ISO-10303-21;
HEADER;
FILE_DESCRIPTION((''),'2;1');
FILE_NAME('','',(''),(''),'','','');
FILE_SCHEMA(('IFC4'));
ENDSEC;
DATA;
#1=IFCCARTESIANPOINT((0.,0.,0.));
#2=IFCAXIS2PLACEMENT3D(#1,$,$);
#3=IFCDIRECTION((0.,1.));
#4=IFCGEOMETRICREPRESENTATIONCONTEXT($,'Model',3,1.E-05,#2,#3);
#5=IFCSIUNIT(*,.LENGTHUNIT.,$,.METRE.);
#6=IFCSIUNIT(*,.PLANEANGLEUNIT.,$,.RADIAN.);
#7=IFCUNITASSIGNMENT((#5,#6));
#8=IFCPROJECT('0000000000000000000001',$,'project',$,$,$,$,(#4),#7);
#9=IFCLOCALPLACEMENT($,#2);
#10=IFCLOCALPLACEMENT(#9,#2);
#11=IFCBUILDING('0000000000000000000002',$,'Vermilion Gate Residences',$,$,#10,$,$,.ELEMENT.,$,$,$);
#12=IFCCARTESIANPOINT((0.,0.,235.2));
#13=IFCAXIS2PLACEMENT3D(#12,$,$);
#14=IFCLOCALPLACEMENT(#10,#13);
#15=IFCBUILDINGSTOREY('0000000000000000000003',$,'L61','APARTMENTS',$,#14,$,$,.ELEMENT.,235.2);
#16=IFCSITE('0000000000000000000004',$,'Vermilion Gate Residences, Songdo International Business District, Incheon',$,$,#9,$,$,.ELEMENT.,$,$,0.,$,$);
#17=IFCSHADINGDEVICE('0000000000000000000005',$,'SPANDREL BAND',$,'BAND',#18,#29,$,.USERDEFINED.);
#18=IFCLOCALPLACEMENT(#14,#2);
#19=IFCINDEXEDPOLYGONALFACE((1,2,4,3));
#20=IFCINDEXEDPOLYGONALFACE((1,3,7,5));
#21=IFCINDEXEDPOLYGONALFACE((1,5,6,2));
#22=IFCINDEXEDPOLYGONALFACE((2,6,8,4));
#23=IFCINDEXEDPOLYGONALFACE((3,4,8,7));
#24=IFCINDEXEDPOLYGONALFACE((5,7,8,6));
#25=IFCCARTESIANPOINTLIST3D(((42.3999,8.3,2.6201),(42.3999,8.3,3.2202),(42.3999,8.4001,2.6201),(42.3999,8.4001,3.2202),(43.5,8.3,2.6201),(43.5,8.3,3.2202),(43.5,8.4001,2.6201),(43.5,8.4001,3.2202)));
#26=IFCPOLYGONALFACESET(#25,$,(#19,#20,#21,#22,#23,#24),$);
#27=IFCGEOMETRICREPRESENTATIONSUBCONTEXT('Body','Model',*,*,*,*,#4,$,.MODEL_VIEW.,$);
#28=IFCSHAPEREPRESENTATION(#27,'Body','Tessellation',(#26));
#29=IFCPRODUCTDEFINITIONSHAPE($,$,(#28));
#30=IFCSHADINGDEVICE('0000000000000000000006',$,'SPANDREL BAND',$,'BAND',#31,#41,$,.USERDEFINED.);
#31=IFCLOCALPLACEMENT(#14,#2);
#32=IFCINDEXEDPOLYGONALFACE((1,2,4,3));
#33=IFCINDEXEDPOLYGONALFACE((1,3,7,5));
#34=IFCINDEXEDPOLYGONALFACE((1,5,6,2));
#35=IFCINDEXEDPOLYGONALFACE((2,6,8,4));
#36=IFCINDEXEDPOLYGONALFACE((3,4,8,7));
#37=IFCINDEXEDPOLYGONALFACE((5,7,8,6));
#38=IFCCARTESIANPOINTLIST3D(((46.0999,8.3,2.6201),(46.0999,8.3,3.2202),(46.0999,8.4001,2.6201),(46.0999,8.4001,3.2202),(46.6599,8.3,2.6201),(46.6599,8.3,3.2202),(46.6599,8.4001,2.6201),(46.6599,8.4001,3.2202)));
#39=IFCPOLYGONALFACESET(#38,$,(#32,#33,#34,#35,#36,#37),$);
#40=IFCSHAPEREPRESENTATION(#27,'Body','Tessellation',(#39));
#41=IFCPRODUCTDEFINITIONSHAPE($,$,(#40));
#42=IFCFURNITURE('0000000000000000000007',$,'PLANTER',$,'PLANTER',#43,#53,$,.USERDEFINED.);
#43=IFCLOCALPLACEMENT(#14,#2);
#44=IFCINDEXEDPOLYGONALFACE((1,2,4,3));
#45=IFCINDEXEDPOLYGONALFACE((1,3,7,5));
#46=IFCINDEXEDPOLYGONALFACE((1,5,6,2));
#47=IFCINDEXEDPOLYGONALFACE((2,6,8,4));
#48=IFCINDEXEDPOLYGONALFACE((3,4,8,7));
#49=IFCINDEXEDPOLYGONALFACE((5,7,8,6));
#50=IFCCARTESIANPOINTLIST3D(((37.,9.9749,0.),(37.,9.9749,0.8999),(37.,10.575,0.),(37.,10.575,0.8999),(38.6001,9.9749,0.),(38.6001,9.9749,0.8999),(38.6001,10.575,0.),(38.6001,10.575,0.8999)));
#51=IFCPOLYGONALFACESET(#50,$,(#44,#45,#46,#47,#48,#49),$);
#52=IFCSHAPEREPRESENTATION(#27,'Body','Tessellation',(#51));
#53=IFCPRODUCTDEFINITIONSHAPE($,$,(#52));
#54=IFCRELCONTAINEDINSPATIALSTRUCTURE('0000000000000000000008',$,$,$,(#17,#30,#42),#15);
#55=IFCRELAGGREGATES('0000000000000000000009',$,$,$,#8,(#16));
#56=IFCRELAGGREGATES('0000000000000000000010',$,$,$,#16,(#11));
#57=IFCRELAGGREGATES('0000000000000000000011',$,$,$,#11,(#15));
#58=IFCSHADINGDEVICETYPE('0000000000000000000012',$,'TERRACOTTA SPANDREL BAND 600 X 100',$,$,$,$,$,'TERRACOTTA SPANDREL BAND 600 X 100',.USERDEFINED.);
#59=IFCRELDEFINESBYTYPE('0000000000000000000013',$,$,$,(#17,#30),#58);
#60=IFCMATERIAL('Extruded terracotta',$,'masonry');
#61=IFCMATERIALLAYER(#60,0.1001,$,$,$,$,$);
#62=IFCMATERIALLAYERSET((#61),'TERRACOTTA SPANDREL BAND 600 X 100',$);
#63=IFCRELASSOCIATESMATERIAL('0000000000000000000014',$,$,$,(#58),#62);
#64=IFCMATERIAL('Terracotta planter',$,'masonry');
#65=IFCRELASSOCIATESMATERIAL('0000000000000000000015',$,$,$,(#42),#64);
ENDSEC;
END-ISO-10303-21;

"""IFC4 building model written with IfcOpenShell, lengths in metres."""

from ifc_helpers import new_model, si_unit, direction, frame, origin, origin_2d, place, context, subcontext, project, spatial, rectangle, extrude, material, layer, layer_set, type_object, element, save


model = new_model("IFC4")

# Units and contexts
model_context = context("Model", 3, precision=1e-05, world=origin(), true_north=direction((0.0, 1.0)))
body_context = subcontext(model_context, "Body", "Model", "MODEL_VIEW")
ifc_project = project(units=[si_unit("LENGTHUNIT", "METRE"), si_unit("PLANEANGLEUNIT", "RADIAN")], contexts=[model_context])

# Site, building, storey
site_placement = place(None, origin())
site = spatial("IfcSite", under=ifc_project, at=site_placement, Name="Vermilion Gate Residences, Songdo International Business District, Incheon", CompositionType="ELEMENT", RefElevation=0.0)
building_placement = place(site_placement, origin())
building = spatial("IfcBuilding", under=site, at=building_placement, Name="Vermilion Gate Residences", CompositionType="ELEMENT")
storey_placement = place(building_placement, frame((0.0, 0.0, 235.2)))
storey = spatial("IfcBuildingStorey", under=building, at=storey_placement, Name="L61", Description="APARTMENTS", CompositionType="ELEMENT", Elevation=235.2)

# Shading devices
ifc_material_1 = material(Name="Extruded terracotta", Category="masonry")
ifc_layer_1 = layer(ifc_material_1, 0.1001)
ifc_layer_set_1 = layer_set([ifc_layer_1], Name="TERRACOTTA SPANDREL BAND 600 X 100")
shading_device_type = type_object("IfcShadingDeviceType", Name="TERRACOTTA SPANDREL BAND 600 X 100", ElementType="TERRACOTTA SPANDREL BAND 600 X 100", PredefinedType="USERDEFINED", material=ifc_layer_set_1)
shading_device_1_placement = place(storey_placement, frame((42.95, 8.3501, 2.6201), z_axis=(0.0, 0.0, 1.0), x_axis=(1.0, 0.0, 0.0)))
element("IfcShadingDevice", 1, at=shading_device_1_placement, inside=storey, type_object=shading_device_type, Name="SPANDREL BAND", ObjectType="BAND", PredefinedType="USERDEFINED", context=body_context, shape_type="SweptSolid", body=[
    extrude(rectangle(XDim=1.1001, YDim=0.1001, at=origin_2d()), origin(), (0.0, 0.0, 1.0), 0.6001),
])
shading_device_2_placement = place(storey_placement, frame((46.3799, 8.3501, 2.6201), z_axis=(0.0, 0.0, 1.0), x_axis=(1.0, 0.0, 0.0)))
element("IfcShadingDevice", 2, at=shading_device_2_placement, inside=storey, type_object=shading_device_type, Name="SPANDREL BAND", ObjectType="BAND", PredefinedType="USERDEFINED", context=body_context, shape_type="SweptSolid", body=[
    extrude(rectangle(XDim=0.5601, YDim=0.1001, at=origin_2d()), origin(), (0.0, 0.0, 1.0), 0.6001),
])

# Furniture
ifc_material_2 = material(Name="Terracotta planter", Category="masonry")
furniture_placement = place(storey_placement, frame((37.8, 10.2749, 0.0), z_axis=(0.0, 0.0, 1.0), x_axis=(1.0, 0.0, 0.0)))
element("IfcFurniture", 3, at=furniture_placement, inside=storey, material=ifc_material_2, Name="PLANTER", ObjectType="PLANTER", PredefinedType="USERDEFINED", context=body_context, shape_type="SweptSolid", body=[
    extrude(rectangle(XDim=1.6001, YDim=0.6001, at=origin_2d()), origin(), (0.0, 0.0, 1.0), 0.8999),
])

save(model, "model.ifc")
